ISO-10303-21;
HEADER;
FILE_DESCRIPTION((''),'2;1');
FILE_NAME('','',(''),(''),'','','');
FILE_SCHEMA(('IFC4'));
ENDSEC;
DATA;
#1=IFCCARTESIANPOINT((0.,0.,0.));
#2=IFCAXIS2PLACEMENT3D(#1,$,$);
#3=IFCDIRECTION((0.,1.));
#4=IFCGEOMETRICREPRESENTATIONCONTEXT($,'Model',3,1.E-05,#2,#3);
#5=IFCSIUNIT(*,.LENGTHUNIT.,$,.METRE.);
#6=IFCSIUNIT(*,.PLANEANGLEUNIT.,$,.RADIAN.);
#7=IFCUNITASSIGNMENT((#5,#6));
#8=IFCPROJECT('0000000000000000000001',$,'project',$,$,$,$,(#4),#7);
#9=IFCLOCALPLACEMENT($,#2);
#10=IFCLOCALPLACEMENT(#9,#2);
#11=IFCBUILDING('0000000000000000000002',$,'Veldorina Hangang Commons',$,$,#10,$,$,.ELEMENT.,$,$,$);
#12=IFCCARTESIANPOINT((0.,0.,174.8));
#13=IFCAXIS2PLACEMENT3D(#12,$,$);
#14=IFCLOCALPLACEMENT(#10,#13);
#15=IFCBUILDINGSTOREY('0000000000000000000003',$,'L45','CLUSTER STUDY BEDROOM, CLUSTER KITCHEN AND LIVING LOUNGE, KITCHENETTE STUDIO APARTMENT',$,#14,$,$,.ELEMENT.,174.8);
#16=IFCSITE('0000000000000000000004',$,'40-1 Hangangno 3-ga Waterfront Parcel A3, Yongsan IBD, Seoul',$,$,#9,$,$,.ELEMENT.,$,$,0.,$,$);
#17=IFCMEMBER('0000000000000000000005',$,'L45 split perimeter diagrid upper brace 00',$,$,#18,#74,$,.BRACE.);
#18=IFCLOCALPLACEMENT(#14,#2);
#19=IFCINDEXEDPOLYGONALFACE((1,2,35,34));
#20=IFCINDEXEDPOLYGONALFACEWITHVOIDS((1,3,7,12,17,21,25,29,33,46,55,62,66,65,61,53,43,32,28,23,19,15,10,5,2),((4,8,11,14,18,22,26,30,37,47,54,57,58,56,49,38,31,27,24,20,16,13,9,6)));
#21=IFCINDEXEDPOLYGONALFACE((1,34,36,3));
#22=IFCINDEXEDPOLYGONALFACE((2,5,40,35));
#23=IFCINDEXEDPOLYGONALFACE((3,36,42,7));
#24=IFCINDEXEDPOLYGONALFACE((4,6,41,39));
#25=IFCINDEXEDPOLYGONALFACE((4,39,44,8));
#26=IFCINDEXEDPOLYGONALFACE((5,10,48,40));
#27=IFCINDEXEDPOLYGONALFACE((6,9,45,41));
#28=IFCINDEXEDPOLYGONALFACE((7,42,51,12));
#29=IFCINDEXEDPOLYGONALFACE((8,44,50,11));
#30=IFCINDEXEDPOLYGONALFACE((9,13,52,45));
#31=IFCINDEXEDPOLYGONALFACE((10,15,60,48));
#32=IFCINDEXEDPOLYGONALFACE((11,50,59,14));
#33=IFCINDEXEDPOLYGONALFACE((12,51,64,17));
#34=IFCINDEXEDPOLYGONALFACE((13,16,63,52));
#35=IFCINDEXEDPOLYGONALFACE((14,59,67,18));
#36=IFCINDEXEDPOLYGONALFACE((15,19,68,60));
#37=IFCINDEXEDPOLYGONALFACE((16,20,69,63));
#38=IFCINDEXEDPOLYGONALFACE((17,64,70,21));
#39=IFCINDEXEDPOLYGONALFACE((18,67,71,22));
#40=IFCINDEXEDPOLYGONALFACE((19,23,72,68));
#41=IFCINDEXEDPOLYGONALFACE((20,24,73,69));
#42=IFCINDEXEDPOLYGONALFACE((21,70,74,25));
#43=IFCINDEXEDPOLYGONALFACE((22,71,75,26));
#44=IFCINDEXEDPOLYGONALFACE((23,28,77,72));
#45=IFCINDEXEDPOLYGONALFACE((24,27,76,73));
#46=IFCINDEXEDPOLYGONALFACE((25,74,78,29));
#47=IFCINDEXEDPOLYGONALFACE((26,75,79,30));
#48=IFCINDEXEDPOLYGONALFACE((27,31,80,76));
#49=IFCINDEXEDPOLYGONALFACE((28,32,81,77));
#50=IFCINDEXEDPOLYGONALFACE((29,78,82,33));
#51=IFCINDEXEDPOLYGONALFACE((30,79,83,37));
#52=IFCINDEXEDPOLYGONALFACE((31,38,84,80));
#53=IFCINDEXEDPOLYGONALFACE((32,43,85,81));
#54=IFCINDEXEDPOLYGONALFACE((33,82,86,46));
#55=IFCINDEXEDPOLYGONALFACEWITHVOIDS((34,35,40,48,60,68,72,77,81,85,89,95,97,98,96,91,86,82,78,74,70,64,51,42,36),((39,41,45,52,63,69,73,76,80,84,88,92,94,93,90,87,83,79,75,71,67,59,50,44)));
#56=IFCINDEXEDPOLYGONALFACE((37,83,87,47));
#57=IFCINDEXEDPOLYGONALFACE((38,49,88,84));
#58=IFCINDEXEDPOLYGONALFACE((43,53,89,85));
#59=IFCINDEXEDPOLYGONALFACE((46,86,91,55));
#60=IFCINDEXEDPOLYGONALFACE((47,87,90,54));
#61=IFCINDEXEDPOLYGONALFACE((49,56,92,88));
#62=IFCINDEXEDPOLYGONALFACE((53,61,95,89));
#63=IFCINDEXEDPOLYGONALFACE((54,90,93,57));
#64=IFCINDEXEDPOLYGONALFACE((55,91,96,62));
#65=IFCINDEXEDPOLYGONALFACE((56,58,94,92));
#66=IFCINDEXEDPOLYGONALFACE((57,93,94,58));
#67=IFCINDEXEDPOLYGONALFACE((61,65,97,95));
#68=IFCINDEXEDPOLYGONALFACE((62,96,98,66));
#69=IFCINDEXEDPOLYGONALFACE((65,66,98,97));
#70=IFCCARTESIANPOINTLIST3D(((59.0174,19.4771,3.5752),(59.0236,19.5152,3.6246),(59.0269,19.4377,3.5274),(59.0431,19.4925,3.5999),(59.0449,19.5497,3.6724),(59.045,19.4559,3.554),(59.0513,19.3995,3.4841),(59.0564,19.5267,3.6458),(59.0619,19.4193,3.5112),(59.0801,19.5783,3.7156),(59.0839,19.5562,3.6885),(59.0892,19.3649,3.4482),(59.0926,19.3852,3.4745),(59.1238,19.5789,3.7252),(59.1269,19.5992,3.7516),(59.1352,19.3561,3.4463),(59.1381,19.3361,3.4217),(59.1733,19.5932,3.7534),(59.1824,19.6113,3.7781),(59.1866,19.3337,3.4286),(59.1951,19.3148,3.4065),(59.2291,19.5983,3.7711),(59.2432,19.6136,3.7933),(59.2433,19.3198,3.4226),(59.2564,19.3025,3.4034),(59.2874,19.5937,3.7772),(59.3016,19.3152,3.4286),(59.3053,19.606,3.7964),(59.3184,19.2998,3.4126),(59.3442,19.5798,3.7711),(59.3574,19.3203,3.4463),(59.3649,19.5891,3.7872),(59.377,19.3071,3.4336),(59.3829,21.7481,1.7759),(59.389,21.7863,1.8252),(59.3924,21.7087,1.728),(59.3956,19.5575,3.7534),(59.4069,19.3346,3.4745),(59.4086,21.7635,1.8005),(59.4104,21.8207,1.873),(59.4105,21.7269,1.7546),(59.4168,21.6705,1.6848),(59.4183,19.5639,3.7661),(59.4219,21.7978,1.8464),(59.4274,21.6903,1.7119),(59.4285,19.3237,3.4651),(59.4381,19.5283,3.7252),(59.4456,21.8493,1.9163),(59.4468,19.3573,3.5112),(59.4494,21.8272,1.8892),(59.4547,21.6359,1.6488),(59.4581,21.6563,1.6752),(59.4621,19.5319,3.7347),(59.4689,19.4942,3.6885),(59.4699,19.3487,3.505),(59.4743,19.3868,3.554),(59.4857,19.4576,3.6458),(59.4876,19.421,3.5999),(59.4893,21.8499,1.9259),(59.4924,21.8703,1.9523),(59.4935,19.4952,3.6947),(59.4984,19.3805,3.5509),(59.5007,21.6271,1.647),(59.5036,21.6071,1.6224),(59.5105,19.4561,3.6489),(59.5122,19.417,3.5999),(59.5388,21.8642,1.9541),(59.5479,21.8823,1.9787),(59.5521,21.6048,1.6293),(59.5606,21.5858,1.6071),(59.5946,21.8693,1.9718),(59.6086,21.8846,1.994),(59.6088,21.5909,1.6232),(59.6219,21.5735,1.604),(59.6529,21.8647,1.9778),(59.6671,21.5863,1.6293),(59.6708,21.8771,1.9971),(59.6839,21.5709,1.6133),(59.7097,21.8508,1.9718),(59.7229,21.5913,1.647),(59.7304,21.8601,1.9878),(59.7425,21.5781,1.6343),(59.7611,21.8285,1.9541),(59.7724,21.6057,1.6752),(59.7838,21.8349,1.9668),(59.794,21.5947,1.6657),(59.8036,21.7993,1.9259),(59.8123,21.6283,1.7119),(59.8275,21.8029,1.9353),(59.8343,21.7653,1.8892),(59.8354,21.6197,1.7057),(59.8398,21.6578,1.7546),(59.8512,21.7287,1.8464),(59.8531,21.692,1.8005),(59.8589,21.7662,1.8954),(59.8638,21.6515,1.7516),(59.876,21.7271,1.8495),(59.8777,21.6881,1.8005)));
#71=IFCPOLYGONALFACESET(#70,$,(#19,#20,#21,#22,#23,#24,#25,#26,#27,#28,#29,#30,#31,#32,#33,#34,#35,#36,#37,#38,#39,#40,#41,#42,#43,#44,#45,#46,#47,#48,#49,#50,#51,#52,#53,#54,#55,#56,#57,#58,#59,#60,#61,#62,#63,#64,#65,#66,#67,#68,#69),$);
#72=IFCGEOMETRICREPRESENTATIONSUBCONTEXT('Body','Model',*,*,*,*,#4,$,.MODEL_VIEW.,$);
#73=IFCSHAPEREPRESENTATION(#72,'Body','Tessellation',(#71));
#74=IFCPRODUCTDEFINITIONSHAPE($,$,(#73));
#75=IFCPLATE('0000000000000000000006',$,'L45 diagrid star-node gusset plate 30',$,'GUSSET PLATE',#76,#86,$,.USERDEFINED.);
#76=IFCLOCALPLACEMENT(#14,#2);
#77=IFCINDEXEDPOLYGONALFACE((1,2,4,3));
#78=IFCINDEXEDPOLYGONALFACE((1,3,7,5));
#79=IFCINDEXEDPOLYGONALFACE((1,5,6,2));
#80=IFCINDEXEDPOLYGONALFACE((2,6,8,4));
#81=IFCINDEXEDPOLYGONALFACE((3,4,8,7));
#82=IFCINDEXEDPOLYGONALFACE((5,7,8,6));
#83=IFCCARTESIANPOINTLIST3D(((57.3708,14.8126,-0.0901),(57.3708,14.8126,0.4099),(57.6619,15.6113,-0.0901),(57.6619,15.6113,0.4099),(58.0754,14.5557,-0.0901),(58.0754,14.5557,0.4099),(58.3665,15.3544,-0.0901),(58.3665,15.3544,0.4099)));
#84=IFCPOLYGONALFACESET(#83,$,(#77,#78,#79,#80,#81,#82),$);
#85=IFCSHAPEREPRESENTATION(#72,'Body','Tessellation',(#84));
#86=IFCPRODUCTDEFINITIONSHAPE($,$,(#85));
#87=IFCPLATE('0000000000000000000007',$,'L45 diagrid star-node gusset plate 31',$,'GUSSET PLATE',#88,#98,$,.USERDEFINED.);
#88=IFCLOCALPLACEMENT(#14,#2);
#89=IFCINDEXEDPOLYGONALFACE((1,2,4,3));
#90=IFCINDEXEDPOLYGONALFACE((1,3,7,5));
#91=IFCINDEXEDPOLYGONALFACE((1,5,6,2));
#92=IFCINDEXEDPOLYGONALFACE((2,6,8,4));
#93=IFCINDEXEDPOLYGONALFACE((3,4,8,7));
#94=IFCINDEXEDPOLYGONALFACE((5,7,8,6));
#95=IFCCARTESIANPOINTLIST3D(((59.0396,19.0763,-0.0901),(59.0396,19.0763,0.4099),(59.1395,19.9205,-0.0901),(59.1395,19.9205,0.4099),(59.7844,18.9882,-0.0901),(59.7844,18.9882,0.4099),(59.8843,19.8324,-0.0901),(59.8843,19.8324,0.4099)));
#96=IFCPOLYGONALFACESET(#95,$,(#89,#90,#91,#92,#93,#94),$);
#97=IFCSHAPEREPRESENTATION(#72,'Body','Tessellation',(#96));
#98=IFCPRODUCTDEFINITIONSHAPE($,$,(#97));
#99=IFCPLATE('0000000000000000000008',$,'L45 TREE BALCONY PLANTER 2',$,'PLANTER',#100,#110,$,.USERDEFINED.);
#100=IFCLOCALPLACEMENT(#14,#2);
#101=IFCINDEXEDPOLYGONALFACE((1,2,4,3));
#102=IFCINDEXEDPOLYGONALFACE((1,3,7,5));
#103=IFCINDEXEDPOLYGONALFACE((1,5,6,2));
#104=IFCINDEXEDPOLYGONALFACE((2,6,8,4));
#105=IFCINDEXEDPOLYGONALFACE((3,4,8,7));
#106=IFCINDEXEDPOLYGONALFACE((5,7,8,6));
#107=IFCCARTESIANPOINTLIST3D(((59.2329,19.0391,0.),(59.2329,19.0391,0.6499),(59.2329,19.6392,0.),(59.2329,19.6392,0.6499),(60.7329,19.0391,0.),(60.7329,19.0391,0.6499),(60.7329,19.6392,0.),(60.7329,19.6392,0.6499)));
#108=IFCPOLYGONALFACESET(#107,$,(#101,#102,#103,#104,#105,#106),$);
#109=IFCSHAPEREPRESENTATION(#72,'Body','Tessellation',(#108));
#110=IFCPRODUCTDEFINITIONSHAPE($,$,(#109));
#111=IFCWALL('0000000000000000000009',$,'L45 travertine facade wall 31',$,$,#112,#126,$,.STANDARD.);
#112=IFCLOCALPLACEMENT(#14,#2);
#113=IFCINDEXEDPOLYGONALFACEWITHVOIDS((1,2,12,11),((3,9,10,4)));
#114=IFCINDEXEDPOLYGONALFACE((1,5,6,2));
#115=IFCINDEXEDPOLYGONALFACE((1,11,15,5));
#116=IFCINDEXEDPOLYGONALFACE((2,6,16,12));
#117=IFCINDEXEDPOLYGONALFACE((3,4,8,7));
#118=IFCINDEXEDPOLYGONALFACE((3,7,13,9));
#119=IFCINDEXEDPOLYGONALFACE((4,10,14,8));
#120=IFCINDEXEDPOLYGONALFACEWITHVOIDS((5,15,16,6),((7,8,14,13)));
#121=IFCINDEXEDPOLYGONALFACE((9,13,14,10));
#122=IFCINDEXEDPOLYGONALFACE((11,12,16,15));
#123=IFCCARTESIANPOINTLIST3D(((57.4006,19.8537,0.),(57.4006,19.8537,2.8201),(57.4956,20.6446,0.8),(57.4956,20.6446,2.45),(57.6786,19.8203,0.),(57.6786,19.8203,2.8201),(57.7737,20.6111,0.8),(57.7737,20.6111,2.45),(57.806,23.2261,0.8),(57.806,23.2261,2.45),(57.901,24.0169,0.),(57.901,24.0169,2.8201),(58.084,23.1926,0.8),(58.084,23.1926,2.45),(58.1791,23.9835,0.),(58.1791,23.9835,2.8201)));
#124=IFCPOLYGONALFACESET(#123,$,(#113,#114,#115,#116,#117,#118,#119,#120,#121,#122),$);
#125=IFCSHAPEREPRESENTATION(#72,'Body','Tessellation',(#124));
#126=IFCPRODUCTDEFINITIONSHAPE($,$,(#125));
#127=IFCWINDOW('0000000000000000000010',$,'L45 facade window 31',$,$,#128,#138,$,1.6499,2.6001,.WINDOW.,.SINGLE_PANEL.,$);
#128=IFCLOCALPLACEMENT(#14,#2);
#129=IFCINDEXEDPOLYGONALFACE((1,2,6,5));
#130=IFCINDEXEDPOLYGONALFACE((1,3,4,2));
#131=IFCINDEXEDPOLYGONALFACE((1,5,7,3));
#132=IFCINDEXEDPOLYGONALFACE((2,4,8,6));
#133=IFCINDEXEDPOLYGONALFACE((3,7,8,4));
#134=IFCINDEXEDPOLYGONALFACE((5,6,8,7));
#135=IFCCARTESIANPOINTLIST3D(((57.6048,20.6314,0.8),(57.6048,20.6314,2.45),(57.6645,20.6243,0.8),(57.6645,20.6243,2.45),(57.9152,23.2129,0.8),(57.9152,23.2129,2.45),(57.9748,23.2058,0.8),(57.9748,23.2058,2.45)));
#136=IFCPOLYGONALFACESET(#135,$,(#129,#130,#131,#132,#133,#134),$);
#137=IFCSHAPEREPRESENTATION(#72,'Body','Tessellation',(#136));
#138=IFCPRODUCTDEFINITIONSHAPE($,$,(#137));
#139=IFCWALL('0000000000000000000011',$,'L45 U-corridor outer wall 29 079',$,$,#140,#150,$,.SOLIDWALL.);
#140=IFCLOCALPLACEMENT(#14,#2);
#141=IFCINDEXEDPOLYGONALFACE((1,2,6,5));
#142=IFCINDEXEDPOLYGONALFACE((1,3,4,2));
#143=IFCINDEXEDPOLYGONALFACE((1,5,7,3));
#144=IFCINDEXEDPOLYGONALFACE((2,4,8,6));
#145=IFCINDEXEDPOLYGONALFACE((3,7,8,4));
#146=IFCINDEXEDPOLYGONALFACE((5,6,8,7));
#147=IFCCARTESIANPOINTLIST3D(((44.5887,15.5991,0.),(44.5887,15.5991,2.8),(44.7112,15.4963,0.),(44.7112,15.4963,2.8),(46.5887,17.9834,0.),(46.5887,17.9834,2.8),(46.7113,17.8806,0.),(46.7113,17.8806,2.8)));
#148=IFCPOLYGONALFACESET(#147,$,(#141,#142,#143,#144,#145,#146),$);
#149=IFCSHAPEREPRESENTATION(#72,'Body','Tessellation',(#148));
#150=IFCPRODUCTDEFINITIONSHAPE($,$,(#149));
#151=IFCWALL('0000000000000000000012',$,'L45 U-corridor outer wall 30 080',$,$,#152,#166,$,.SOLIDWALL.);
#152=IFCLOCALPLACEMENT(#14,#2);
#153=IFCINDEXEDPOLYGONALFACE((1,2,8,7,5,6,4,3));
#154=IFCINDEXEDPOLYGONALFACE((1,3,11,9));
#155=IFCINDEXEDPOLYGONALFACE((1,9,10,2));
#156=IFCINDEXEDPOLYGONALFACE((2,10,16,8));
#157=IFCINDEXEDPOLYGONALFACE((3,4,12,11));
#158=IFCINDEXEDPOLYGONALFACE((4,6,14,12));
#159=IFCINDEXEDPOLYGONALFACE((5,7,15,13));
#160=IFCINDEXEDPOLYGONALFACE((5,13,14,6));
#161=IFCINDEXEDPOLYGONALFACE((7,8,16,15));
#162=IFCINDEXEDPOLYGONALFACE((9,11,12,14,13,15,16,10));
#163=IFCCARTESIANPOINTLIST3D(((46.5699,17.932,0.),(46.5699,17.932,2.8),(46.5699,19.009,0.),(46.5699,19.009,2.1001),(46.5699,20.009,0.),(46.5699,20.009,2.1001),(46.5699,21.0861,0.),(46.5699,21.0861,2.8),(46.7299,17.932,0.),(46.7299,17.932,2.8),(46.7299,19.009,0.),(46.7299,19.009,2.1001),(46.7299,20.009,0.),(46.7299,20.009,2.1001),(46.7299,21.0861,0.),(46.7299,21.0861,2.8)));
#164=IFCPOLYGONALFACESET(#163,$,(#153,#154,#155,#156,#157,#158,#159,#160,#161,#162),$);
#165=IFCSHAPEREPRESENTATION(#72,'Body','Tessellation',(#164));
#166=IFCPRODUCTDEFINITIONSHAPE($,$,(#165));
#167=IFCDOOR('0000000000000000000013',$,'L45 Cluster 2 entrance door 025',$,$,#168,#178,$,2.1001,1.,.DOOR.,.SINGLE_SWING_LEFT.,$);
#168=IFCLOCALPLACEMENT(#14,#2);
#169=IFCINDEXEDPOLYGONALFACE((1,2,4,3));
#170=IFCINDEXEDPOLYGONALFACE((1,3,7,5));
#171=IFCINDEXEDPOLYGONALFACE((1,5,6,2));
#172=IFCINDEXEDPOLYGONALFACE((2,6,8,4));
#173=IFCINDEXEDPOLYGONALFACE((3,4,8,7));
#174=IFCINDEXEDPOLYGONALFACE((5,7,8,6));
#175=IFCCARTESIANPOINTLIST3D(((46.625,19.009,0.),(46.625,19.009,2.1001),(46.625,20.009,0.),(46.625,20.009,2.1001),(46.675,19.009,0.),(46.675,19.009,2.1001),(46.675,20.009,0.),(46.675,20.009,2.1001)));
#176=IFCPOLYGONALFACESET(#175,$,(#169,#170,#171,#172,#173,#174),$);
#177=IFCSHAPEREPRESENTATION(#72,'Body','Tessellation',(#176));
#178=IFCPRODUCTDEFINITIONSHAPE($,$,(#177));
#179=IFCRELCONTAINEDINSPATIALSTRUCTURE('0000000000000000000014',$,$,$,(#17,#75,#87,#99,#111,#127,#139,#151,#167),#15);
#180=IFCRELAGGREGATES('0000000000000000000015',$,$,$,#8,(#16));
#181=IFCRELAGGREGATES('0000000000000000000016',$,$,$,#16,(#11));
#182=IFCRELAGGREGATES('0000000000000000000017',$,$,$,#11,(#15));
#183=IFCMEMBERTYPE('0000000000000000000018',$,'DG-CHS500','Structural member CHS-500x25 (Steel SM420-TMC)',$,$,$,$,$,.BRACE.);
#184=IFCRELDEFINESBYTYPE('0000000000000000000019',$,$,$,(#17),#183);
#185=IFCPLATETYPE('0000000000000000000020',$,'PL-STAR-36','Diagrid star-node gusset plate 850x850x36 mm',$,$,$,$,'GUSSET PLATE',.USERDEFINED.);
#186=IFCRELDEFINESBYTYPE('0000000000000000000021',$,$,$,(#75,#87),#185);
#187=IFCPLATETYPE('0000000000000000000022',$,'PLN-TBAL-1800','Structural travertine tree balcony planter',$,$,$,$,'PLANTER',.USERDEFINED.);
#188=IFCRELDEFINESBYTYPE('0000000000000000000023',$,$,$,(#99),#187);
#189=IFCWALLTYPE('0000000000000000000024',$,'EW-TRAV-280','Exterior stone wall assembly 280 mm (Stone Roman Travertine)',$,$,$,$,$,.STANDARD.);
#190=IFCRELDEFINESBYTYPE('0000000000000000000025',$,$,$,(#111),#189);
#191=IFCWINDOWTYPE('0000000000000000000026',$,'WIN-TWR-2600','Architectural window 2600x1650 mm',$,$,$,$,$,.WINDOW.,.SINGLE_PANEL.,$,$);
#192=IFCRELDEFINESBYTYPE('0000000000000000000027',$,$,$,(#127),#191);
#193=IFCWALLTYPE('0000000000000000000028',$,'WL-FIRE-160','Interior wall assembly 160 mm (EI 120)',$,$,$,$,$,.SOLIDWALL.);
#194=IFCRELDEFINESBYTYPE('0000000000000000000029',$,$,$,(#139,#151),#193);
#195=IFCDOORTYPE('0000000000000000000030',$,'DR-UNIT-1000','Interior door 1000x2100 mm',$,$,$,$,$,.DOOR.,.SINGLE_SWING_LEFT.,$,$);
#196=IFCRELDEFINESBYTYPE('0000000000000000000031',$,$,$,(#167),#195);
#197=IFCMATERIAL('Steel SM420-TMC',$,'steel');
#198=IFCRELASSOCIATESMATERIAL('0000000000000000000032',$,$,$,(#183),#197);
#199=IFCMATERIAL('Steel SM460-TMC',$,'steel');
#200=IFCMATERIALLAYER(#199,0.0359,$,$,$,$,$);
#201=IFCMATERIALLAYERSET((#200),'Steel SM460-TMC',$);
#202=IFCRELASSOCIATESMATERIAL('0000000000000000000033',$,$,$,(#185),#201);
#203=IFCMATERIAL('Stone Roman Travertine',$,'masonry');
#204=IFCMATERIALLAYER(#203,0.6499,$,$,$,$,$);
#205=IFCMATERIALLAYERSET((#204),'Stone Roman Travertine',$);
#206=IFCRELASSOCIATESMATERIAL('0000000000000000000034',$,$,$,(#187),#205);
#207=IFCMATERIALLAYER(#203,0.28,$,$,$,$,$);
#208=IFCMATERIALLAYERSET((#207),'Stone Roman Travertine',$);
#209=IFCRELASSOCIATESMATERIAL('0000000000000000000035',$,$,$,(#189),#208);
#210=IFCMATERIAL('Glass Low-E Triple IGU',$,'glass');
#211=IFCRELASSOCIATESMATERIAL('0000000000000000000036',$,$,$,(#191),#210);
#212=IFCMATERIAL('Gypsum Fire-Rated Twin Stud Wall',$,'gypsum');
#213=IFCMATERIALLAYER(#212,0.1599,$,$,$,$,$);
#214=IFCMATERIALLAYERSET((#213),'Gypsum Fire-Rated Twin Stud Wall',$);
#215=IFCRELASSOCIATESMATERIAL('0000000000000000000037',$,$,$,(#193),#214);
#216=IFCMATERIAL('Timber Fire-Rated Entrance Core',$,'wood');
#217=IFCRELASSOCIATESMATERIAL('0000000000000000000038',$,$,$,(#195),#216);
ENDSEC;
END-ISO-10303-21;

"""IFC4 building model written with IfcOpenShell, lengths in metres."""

from ifc_helpers import new_model, si_unit, direction, frame, frame_2d, origin, origin_2d, place, context, subcontext, project, spatial, rectangle, hollow_circle, extrude, material, layer, layer_set, material_profile, profile_set, type_object, element, fill, save


model = new_model("IFC4")

# Units and contexts
model_context = context("Model", 3, precision=1e-05, world=origin(), true_north=direction((0.0, 1.0)))
body_context = subcontext(model_context, "Body", "Model", "MODEL_VIEW")
ifc_project = project(units=[si_unit("LENGTHUNIT", "METRE"), si_unit("PLANEANGLEUNIT", "RADIAN")], contexts=[model_context])

# Site, building, storey
site_placement = place(None, origin())
site = spatial("IfcSite", under=ifc_project, at=site_placement, Name="40-1 Hangangno 3-ga Waterfront Parcel A3, Yongsan IBD, Seoul", CompositionType="ELEMENT", RefElevation=0.0)
building_placement = place(site_placement, origin())
building = spatial("IfcBuilding", under=site, at=building_placement, Name="Veldorina Hangang Commons", CompositionType="ELEMENT")
storey_placement = place(building_placement, frame((0.0, 0.0, 174.8)))
storey = spatial("IfcBuildingStorey", under=building, at=storey_placement, Name="L45", Description="CLUSTER STUDY BEDROOM, CLUSTER KITCHEN AND LIVING LOUNGE, KITCHENETTE STUDIO APARTMENT", CompositionType="ELEMENT", Elevation=174.8)

# Shared definitions
ifc_material_1 = material(Name="Steel SM420-TMC", Category="steel")

# Shared definitions
ifc_material_2 = material(Name="Glass Low-E Triple IGU", Category="glass")

# Member
ifc_material_profile_1 = material_profile(ifc_material_1, hollow_circle(Radius=0.25, WallThickness=0.0249, at=origin_2d()), Name="CHS-500x25")
ifc_profile_set_1 = profile_set([ifc_material_profile_1], Name="Steel SM420-TMC")
member_type_1 = type_object("IfcMemberType", Name="DG-CHS500", Description="Structural member CHS-500x25 (Steel SM420-TMC)", PredefinedType="BRACE", material=ifc_profile_set_1)
member_1_placement = place(storey_placement, frame((59.6309, 21.7278, 1.8005), z_axis=(-0.125148, -0.777641, 0.616127), x_axis=(0.987296, -0.158889, 0.0)))
element("IfcMember", 1, at=member_1_placement, inside=storey, type_object=member_type_1, Name="L45 split perimeter diagrid upper brace 00", PredefinedType="BRACE", context=body_context, shape_type="SweptSolid", body=[
    extrude(hollow_circle(Radius=0.25, WallThickness=0.0249, at=origin_2d()), origin(), (0.0, 0.0, 1.0), 2.9204),
])

# Plates
ifc_material_3 = material(Name="Steel SM460-TMC", Category="steel")
ifc_layer_1 = layer(ifc_material_3, 0.0359)
ifc_layer_set_1 = layer_set([ifc_layer_1], Name="Steel SM460-TMC")
plate_type_1 = type_object("IfcPlateType", Name="PL-STAR-36", Description="Diagrid star-node gusset plate 850x850x36 mm", ElementType="GUSSET PLATE", PredefinedType="USERDEFINED", material=ifc_layer_set_1)
for number, where, z_axis, x_axis, name in (
    (2, (57.8687, 15.0835, -0.0901), (0.0, 0.0, 1.0), (0.342496, 0.939519, 0.0), "L45 diagrid star-node gusset plate 30"),
    (3, (59.4619, 19.4543, -0.0901), (0.0, 0.0, 1.0), (0.117537, 0.993068, 0.0), "L45 diagrid star-node gusset plate 31"),
):
    element("IfcPlate", number, at=place(storey_placement, frame(where, z_axis=z_axis, x_axis=x_axis)), inside=storey, type_object=plate_type_1, Name=name, ObjectType="GUSSET PLATE", PredefinedType="USERDEFINED", context=body_context, shape_type="SweptSolid", body=[
        extrude(rectangle(XDim=0.8501, YDim=0.75, at=origin_2d()), origin(), (0.0, 0.0, 1.0), 0.5),
    ])
ifc_material_4 = material(Name="Stone Roman Travertine", Category="masonry")
ifc_layer_2 = layer(ifc_material_4, 0.6499)
ifc_layer_set_2 = layer_set([ifc_layer_2], Name="Stone Roman Travertine")
plate_type_2 = type_object("IfcPlateType", Name="PLN-TBAL-1800", Description="Structural travertine tree balcony planter", ElementType="PLANTER", PredefinedType="USERDEFINED", material=ifc_layer_set_2)
plate_placement = place(storey_placement, frame((59.9829, 19.3391, 0.0), z_axis=(0.0, 0.0, 1.0), x_axis=(1.0, 0.0, 0.0)))
element("IfcPlate", 4, at=plate_placement, inside=storey, type_object=plate_type_2, Name="L45 TREE BALCONY PLANTER 2", ObjectType="PLANTER", PredefinedType="USERDEFINED", context=body_context, shape_type="SweptSolid", body=[
    extrude(rectangle(XDim=1.5, YDim=0.6001, at=origin_2d()), origin(), (0.0, 0.0, 1.0), 0.6499),
])

# Wall, opening, window
ifc_layer_3 = layer(ifc_material_4, 0.28)
ifc_layer_set_3 = layer_set([ifc_layer_3], Name="Stone Roman Travertine")
wall_type_1 = type_object("IfcWallType", Name="EW-TRAV-280", Description="Exterior stone wall assembly 280 mm (Stone Roman Travertine)", PredefinedType="STANDARD", material=ifc_layer_set_3)
wall_1_placement = place(storey_placement, frame((57.5396, 19.8369, 0.0), z_axis=(0.0, 0.0, 1.0), x_axis=(0.119361, 0.992851, 0.0)))
wall_1 = element("IfcWall", 5, at=wall_1_placement, inside=storey, type_object=wall_type_1, Name="L45 travertine facade wall 31", PredefinedType="STANDARD", context=body_context, shape_type="SweptSolid", body=[
    extrude(rectangle(XDim=4.1931, YDim=0.28, at=frame_2d((2.0967, 0.0))), origin(), (0.0, 0.0, 1.0), 2.8201),
])
opening_1_placement = place(wall_1_placement, frame((0.7966, 0.0, 0.8)))
opening_1 = element("IfcOpeningElement", 6, at=opening_1_placement, cuts=wall_1, PredefinedType="OPENING", context=body_context, shape_type="SweptSolid", body=[
    extrude(rectangle(XDim=2.6001, YDim=1.6499, at=frame_2d((1.3, 0.825))), frame((0.0, 0.1499, 0.0), z_axis=(0.0, -1.0, 0.0), x_axis=(1.0, 0.0, 0.0)), (0.0, 0.0, 1.0), 0.3),
])
window_type = type_object("IfcWindowType", Name="WIN-TWR-2600", Description="Architectural window 2600x1650 mm", PartitioningType="SINGLE_PANEL", PredefinedType="WINDOW", material=ifc_material_2)
window_placement = place(opening_1_placement, origin())
window = element("IfcWindow", 7, at=window_placement, inside=storey, type_object=window_type, Name="L45 facade window 31", OverallHeight=1.6499, OverallWidth=2.6001, PartitioningType="SINGLE_PANEL", PredefinedType="WINDOW", context=body_context, shape_type="SweptSolid", body=[
    extrude(rectangle(XDim=2.6001, YDim=1.6499, at=frame_2d((1.3, 0.825))), frame((0.0, 0.03, 0.0), z_axis=(0.0, -1.0, 0.0), x_axis=(1.0, 0.0, 0.0)), (0.0, 0.0, 1.0), 0.0601),
])
fill(opening_1, window)

# Wall
ifc_material_5 = material(Name="Gypsum Fire-Rated Twin Stud Wall", Category="gypsum")
ifc_layer_4 = layer(ifc_material_5, 0.1599)
ifc_layer_set_4 = layer_set([ifc_layer_4], Name="Gypsum Fire-Rated Twin Stud Wall")
wall_type_2 = type_object("IfcWallType", Name="WL-FIRE-160", Description="Interior wall assembly 160 mm (EI 120)", PredefinedType="SOLIDWALL", material=ifc_layer_set_4)
wall_2_placement = place(storey_placement, frame((44.6499, 15.5476, 0.0), z_axis=(0.0, 0.0, 1.0), x_axis=(0.642666, 0.766147, 0.0)))
element("IfcWall", 8, at=wall_2_placement, inside=storey, type_object=wall_type_2, Name="L45 U-corridor outer wall 29 079", PredefinedType="SOLIDWALL", context=body_context, shape_type="SweptSolid", body=[
    extrude(rectangle(XDim=3.1121, YDim=0.1599, at=frame_2d((1.5562, 0.0))), origin(), (0.0, 0.0, 1.0), 2.8),
])

# Wall, opening, door
wall_3_placement = place(storey_placement, frame((46.6499, 17.9319, 0.0), z_axis=(0.0, 0.0, 1.0), x_axis=(0.0, 1.0, 0.0)))
wall_3 = element("IfcWall", 9, at=wall_3_placement, inside=storey, type_object=wall_type_2, Name="L45 U-corridor outer wall 30 080", PredefinedType="SOLIDWALL", context=body_context, shape_type="SweptSolid", body=[
    extrude(rectangle(XDim=3.1541, YDim=0.1599, at=frame_2d((1.5771, 0.0))), origin(), (0.0, 0.0, 1.0), 2.8),
])
opening_2_placement = place(wall_3_placement, frame((1.0771, 0.0, 0.0)))
opening_2 = element("IfcOpeningElement", 10, at=opening_2_placement, cuts=wall_3, PredefinedType="OPENING", context=body_context, shape_type="SweptSolid", body=[
    extrude(rectangle(XDim=1.0, YDim=2.1001, at=frame_2d((0.5, 1.05))), frame((0.0, 0.0898, 0.0), z_axis=(0.0, -1.0, 0.0), x_axis=(1.0, 0.0, 0.0)), (0.0, 0.0, 1.0), 0.1799),
])
ifc_material_6 = material(Name="Timber Fire-Rated Entrance Core", Category="wood")
door_type_1 = type_object("IfcDoorType", Name="DR-UNIT-1000", Description="Interior door 1000x2100 mm", OperationType="SINGLE_SWING_LEFT", PredefinedType="DOOR", material=ifc_material_6)
door_1_placement = place(opening_2_placement, origin())
door_1 = element("IfcDoor", 11, at=door_1_placement, inside=storey, type_object=door_type_1, Name="L45 Cluster 2 entrance door 025", OperationType="SINGLE_SWING_LEFT", OverallHeight=2.1001, OverallWidth=1.0, PredefinedType="DOOR", context=body_context, shape_type="SweptSolid", body=[
    extrude(rectangle(XDim=1.0, YDim=2.1001, at=frame_2d((0.5, 1.05))), frame((0.0, 0.0249, 0.0), z_axis=(0.0, -1.0, 0.0), x_axis=(1.0, 0.0, 0.0)), (0.0, 0.0, 1.0), 0.05),
])
fill(opening_2, door_1)

save(model, "model.ifc")
